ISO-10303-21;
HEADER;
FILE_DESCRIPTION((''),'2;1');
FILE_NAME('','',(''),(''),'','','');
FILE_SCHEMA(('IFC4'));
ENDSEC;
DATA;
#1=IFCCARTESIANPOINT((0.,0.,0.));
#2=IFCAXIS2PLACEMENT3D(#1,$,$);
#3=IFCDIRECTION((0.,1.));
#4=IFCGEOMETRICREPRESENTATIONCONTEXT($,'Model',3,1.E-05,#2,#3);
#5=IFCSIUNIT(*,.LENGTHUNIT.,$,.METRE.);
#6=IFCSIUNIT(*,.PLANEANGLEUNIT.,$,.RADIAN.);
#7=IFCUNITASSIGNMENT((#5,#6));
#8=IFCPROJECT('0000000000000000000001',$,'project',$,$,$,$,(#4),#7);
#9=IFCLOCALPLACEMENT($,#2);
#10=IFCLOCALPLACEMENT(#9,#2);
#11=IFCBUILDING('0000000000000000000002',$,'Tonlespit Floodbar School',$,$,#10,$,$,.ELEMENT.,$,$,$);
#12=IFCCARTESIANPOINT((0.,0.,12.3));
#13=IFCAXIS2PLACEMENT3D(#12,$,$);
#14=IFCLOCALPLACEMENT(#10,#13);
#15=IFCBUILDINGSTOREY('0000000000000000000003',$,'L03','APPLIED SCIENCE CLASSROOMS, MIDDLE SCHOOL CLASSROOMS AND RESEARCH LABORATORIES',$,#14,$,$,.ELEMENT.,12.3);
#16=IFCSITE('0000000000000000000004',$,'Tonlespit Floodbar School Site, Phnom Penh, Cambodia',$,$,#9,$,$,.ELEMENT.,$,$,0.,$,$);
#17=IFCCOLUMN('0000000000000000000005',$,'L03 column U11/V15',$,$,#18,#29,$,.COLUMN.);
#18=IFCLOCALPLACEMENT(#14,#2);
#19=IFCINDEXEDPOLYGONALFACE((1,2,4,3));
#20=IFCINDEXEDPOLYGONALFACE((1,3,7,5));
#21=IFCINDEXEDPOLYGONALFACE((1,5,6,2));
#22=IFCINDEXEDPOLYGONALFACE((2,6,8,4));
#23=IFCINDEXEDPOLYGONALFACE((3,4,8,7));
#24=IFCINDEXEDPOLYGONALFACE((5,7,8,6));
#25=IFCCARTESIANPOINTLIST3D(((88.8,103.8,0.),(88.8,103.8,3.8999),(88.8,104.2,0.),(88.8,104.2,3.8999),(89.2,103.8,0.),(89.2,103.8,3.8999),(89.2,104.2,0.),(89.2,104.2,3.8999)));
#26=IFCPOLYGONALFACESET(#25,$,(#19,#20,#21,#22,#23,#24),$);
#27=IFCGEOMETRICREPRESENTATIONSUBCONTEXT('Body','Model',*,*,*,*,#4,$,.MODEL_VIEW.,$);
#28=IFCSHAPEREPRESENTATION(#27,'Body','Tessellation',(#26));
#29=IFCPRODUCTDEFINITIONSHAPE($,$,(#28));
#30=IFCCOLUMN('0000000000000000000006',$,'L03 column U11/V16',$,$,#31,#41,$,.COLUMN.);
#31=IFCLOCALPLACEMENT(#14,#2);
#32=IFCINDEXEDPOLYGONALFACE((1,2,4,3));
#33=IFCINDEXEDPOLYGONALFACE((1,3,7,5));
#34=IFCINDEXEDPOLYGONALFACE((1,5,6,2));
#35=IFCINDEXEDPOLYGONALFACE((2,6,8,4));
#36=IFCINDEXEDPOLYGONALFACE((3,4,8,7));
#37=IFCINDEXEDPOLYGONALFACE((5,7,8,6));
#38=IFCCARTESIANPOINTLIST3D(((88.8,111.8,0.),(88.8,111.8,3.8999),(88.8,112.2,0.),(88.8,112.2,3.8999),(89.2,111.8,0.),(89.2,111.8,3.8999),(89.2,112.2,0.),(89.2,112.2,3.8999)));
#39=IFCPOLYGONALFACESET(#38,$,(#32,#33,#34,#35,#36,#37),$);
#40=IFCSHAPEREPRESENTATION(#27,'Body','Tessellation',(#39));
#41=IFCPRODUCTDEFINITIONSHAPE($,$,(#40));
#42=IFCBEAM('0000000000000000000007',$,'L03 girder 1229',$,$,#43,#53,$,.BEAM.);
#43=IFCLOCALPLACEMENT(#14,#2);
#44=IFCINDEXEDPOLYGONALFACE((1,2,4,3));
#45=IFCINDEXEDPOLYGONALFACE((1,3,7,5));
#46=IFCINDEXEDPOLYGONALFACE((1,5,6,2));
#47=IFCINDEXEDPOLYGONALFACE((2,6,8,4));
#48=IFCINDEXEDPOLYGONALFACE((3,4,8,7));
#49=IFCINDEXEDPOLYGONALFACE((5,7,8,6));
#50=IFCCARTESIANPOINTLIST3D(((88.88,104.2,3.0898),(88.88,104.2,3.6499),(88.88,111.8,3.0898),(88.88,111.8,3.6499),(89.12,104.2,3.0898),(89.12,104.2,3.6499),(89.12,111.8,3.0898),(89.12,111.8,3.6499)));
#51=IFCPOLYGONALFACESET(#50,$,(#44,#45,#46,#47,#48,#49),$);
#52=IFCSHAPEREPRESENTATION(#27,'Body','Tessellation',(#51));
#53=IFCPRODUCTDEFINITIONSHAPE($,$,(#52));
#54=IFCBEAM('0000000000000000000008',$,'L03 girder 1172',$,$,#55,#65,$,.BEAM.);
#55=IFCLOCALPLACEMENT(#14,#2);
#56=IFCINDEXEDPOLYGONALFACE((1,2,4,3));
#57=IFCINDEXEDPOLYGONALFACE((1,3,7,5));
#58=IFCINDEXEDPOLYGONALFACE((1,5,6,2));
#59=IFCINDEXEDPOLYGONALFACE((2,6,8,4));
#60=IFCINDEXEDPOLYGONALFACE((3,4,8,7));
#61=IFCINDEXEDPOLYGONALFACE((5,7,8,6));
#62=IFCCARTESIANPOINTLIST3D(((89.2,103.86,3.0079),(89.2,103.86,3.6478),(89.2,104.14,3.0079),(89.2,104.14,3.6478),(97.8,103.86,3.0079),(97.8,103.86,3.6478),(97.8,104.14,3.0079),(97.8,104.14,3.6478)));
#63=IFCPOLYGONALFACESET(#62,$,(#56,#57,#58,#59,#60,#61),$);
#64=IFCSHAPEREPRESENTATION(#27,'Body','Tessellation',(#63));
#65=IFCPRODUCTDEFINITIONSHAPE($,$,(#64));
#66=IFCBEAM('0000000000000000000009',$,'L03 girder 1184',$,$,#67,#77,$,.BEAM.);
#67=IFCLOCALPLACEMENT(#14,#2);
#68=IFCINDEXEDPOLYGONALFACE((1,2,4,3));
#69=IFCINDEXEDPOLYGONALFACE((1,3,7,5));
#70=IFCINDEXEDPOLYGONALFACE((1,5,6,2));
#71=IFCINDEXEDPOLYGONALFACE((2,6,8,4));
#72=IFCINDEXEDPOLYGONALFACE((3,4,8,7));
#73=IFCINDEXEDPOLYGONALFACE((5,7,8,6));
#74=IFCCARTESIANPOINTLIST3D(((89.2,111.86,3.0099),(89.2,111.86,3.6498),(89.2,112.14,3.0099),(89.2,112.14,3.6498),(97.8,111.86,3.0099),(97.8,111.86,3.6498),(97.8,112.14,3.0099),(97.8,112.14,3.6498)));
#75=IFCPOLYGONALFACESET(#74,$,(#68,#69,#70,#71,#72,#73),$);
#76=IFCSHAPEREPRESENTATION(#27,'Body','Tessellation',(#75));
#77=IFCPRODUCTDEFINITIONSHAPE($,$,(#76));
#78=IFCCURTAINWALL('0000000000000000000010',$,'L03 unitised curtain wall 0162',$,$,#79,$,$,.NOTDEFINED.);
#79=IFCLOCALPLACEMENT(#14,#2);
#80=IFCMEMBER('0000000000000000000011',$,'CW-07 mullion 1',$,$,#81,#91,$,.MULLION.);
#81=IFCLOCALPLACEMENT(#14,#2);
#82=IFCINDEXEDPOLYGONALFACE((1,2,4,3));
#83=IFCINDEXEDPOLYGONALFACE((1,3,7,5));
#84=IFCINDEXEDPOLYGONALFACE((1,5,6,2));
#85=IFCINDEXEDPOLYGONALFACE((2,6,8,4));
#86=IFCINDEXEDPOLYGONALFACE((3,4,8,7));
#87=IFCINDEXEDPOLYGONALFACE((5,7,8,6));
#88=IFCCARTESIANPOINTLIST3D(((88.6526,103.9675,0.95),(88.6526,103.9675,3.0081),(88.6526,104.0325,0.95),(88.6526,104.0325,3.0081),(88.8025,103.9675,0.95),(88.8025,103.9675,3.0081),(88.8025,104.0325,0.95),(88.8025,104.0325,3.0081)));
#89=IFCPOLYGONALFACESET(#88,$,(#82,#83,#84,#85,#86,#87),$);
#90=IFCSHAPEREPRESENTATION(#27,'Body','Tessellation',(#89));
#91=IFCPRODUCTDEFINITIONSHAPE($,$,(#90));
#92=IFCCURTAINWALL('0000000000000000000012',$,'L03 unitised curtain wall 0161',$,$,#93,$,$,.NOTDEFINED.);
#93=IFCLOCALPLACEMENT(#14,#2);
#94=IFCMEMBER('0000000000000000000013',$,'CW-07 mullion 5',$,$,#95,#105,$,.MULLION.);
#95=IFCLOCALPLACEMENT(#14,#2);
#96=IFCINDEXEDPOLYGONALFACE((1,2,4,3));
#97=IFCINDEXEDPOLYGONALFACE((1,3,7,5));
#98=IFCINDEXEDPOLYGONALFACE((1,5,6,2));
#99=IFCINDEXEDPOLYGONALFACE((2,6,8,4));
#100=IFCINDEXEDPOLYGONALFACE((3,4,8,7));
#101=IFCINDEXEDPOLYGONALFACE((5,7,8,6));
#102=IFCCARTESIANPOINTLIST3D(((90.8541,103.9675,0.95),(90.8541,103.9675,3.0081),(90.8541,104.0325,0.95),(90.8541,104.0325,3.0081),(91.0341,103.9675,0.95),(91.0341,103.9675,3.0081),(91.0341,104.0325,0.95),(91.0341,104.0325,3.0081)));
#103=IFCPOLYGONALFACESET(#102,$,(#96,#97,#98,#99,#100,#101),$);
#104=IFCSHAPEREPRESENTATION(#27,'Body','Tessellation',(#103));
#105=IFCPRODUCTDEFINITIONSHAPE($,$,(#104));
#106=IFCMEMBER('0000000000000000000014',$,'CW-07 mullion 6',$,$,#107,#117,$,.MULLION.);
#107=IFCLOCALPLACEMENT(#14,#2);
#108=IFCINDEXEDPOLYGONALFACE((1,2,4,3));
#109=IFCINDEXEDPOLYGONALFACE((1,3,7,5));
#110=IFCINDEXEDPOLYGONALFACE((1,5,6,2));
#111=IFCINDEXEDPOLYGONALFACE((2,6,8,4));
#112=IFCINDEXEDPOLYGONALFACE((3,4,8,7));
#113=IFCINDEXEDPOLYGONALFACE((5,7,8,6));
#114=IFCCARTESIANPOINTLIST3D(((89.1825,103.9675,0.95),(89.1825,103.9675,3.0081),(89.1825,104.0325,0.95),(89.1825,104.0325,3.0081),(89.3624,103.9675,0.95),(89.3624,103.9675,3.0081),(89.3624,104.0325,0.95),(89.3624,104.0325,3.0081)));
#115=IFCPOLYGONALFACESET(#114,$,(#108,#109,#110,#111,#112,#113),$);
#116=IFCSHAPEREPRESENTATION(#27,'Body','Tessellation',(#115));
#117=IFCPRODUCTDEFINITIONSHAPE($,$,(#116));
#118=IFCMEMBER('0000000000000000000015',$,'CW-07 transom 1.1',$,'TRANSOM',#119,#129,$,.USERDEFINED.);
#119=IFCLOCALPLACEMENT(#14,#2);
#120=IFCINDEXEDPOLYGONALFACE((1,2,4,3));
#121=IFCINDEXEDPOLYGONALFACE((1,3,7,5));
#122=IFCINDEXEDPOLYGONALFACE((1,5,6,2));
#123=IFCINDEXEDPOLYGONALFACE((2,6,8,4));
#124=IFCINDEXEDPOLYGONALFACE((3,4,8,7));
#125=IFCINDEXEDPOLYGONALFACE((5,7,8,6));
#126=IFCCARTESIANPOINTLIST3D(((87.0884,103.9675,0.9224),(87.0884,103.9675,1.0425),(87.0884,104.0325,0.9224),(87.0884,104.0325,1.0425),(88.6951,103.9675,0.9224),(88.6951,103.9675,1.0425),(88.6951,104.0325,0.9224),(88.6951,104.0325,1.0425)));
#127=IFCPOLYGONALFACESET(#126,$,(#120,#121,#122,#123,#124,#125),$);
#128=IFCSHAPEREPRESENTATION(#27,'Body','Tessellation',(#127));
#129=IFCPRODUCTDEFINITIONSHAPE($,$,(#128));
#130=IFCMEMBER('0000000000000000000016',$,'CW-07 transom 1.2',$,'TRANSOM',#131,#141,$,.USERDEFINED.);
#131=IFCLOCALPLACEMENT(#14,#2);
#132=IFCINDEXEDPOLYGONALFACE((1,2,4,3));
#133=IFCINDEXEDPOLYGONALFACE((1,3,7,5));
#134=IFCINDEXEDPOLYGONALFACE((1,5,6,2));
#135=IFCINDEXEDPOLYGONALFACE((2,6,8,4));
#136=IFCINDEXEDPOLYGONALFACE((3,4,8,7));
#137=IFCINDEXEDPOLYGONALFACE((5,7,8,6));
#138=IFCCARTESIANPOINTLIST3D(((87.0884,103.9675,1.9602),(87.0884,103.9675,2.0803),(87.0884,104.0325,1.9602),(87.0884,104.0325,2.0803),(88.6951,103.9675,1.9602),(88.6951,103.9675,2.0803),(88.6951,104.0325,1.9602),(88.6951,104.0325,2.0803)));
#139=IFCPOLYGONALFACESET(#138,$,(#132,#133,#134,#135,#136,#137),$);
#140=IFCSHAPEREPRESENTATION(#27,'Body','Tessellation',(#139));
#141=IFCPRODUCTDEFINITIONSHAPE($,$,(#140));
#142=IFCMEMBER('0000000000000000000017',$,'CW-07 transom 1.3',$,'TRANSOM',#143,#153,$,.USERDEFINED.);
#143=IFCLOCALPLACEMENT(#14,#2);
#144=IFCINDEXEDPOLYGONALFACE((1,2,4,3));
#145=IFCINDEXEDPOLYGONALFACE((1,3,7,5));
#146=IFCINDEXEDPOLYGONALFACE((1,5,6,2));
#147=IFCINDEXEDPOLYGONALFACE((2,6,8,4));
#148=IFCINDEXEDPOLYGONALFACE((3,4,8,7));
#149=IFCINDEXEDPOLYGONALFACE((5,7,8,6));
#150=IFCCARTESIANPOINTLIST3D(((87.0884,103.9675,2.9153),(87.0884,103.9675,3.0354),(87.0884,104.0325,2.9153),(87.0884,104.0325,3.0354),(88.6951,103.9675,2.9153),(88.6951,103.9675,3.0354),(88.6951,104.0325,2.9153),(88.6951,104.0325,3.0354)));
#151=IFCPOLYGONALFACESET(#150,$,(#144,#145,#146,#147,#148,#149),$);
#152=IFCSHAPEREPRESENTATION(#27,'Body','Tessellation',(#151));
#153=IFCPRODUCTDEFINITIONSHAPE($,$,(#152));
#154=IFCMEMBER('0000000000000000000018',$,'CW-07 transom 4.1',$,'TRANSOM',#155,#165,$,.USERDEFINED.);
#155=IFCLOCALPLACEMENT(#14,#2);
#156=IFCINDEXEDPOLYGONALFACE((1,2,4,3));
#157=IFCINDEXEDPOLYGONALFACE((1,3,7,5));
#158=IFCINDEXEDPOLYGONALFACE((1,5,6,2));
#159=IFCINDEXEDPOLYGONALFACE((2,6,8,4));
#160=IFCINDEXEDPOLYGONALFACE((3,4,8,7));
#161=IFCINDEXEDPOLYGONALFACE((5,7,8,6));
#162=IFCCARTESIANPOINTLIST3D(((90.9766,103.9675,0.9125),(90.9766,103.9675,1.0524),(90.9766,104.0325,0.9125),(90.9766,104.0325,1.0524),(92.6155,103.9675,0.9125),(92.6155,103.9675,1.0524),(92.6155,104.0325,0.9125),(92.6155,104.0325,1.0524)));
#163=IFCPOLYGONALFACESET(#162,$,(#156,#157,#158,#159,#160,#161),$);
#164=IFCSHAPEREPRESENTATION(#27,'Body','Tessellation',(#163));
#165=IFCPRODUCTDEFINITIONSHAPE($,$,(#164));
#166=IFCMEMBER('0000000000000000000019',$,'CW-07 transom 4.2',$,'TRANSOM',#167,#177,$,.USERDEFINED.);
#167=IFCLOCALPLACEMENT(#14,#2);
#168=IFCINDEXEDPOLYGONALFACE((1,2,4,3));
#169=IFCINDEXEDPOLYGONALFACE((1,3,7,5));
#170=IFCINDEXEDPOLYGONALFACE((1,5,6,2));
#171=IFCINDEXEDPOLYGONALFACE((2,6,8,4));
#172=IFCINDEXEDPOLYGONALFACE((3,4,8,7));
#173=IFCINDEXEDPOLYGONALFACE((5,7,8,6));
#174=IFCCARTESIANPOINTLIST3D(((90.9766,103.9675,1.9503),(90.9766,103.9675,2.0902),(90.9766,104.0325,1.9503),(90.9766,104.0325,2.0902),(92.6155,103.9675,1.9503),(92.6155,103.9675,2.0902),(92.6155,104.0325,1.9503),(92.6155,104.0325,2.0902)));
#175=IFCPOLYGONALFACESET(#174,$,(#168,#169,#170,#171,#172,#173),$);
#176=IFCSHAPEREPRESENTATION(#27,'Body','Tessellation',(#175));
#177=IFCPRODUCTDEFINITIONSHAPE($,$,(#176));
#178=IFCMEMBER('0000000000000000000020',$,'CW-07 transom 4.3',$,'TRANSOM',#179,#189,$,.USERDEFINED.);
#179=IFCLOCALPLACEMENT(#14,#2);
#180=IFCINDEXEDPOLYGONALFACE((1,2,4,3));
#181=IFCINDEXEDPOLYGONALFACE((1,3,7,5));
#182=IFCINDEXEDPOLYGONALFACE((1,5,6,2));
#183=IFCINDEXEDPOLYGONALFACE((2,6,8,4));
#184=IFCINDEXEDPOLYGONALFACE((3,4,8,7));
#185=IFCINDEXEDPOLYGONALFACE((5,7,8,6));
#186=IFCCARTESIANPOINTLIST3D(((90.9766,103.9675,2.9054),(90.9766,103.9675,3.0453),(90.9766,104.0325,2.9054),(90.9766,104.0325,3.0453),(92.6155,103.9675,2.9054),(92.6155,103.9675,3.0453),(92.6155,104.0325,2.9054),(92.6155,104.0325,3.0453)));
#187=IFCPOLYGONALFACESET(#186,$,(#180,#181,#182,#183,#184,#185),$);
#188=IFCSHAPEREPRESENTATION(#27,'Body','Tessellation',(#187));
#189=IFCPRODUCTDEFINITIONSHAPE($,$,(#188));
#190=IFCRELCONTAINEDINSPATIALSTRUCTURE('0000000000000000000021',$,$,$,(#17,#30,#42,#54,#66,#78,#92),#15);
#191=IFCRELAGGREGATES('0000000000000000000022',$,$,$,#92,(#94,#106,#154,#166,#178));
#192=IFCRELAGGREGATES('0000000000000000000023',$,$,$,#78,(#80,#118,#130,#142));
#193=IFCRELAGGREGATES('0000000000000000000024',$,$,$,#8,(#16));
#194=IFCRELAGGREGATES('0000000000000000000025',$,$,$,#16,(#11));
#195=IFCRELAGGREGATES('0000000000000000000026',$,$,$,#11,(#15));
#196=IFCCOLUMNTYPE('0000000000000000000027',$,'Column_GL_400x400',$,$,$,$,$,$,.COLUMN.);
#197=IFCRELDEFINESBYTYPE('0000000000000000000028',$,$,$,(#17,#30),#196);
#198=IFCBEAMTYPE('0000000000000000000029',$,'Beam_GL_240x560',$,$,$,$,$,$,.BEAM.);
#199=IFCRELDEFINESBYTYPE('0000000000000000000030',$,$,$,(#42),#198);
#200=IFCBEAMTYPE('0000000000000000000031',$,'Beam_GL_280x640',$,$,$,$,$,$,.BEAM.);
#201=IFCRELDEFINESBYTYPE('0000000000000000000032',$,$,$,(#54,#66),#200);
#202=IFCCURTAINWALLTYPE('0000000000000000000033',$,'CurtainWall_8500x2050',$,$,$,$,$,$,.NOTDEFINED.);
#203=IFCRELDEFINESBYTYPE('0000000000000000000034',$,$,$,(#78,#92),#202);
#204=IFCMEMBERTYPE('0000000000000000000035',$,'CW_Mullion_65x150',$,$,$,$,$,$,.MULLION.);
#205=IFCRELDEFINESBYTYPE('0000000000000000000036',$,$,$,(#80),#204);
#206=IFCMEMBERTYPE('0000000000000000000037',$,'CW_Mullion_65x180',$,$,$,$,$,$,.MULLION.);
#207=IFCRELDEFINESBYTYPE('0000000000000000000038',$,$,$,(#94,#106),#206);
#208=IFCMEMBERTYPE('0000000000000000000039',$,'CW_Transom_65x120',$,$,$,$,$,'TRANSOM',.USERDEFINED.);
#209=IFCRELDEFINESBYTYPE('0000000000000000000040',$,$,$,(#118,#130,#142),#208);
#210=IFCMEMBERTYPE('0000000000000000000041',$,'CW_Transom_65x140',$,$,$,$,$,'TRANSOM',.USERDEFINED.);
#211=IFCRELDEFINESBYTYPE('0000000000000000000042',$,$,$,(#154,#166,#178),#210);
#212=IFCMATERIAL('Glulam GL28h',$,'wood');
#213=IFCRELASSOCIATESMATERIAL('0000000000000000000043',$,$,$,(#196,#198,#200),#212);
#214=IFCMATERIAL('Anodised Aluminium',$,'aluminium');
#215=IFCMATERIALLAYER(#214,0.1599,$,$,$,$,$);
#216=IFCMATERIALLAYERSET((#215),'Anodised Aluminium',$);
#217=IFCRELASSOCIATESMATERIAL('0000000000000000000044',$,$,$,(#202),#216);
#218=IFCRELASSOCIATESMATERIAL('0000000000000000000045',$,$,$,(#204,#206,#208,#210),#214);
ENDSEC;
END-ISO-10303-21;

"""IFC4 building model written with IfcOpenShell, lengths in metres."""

from ifc_helpers import new_model, si_unit, direction, frame, origin, origin_2d, place, context, subcontext, project, spatial, rectangle, extrude, material, layer, layer_set, material_profile, profile_set, type_object, element, aggregate, save


model = new_model("IFC4")

# Units and contexts
model_context = context("Model", 3, precision=1e-05, world=origin(), true_north=direction((0.0, 1.0)))
body_context = subcontext(model_context, "Body", "Model", "MODEL_VIEW")
ifc_project = project(units=[si_unit("LENGTHUNIT", "METRE"), si_unit("PLANEANGLEUNIT", "RADIAN")], contexts=[model_context])

# Site, building, storey
site_placement = place(None, origin())
site = spatial("IfcSite", under=ifc_project, at=site_placement, Name="Tonlespit Floodbar School Site, Phnom Penh, Cambodia", CompositionType="ELEMENT", RefElevation=0.0)
building_placement = place(site_placement, origin())
building = spatial("IfcBuilding", under=site, at=building_placement, Name="Tonlespit Floodbar School", CompositionType="ELEMENT")
storey_placement = place(building_placement, frame((0.0, 0.0, 12.3)))
storey = spatial("IfcBuildingStorey", under=building, at=storey_placement, Name="L03", Description="APPLIED SCIENCE CLASSROOMS, MIDDLE SCHOOL CLASSROOMS AND RESEARCH LABORATORIES", CompositionType="ELEMENT", Elevation=12.3)

# Columns
ifc_material_1 = material(Name="Glulam GL28h", Category="wood")
ifc_material_profile_1 = material_profile(ifc_material_1, rectangle(XDim=0.3999, YDim=0.3999, at=origin_2d()), Name="GL 400x400")
ifc_profile_set_1 = profile_set([ifc_material_profile_1], Name="Glulam GL28h")
column_type = type_object("IfcColumnType", Name="Column_GL_400x400", PredefinedType="COLUMN", material=ifc_profile_set_1)
for number, where, z_axis, x_axis, name in (
    (1, (89.0, 104.0, 0.0), (0.0, 0.0, 1.0), (1.0, 0.0, 0.0), "L03 column U11/V15"),
    (2, (89.0, 112.0, 0.0), (0.0, 0.0, 1.0), (1.0, 0.0, 0.0), "L03 column U11/V16"),
):
    element("IfcColumn", number, at=place(storey_placement, frame(where, z_axis=z_axis, x_axis=x_axis)), inside=storey, type_object=column_type, Name=name, PredefinedType="COLUMN", context=body_context, shape_type="SweptSolid", body=[
        extrude(rectangle(XDim=0.3999, YDim=0.3999, at=origin_2d()), origin(), (0.0, 0.0, 1.0), 3.8999),
    ])

# Beams
ifc_material_profile_2 = material_profile(ifc_material_1, rectangle(XDim=0.24, YDim=0.5601, at=origin_2d()), Name="GL 240x560")
ifc_profile_set_2 = profile_set([ifc_material_profile_2], Name="Glulam GL28h")
beam_type_1 = type_object("IfcBeamType", Name="Beam_GL_240x560", PredefinedType="BEAM", material=ifc_profile_set_2)
beam_placement = place(storey_placement, frame((89.0, 104.2, 3.3699), z_axis=(0.0, 1.0, 0.0), x_axis=(-1.0, 0.0, 0.0)))
element("IfcBeam", 3, at=beam_placement, inside=storey, type_object=beam_type_1, Name="L03 girder 1229", PredefinedType="BEAM", context=body_context, shape_type="SweptSolid", body=[
    extrude(rectangle(XDim=0.24, YDim=0.5601, at=origin_2d()), origin(), (0.0, 0.0, 1.0), 7.6001),
])
ifc_material_profile_3 = material_profile(ifc_material_1, rectangle(XDim=0.28, YDim=0.6399, at=origin_2d()), Name="GL 280x640")
ifc_profile_set_3 = profile_set([ifc_material_profile_3], Name="Glulam GL28h")
beam_type_2 = type_object("IfcBeamType", Name="Beam_GL_280x640", PredefinedType="BEAM", material=ifc_profile_set_3)
for number, where, z_axis, x_axis, name in (
    (4, (89.2, 104.0, 3.3279), (1.0, 0.0, 0.0), (0.0, 1.0, 0.0), "L03 girder 1172"),
    (5, (89.2, 112.0, 3.3298), (1.0, 0.0, 0.0), (0.0, 1.0, 0.0), "L03 girder 1184"),
):
    element("IfcBeam", number, at=place(storey_placement, frame(where, z_axis=z_axis, x_axis=x_axis)), inside=storey, type_object=beam_type_2, Name=name, PredefinedType="BEAM", context=body_context, shape_type="SweptSolid", body=[
        extrude(rectangle(XDim=0.28, YDim=0.6399, at=origin_2d()), origin(), (0.0, 0.0, 1.0), 8.6001),
    ])

# Curtain wall, member
ifc_material_2 = material(Name="Anodised Aluminium", Category="aluminium")
ifc_layer_1 = layer(ifc_material_2, 0.1599)
ifc_layer_set_1 = layer_set([ifc_layer_1], Name="Anodised Aluminium")
curtain_wall_type = type_object("IfcCurtainWallType", Name="CurtainWall_8500x2050", PredefinedType="NOTDEFINED", material=ifc_layer_set_1)
curtain_wall_1_placement = place(storey_placement, origin())
curtain_wall_1 = element("IfcCurtainWall", 6, at=curtain_wall_1_placement, inside=storey, type_object=curtain_wall_type, Name="L03 unitised curtain wall 0162", PredefinedType="NOTDEFINED")
ifc_material_profile_4 = material_profile(ifc_material_2, rectangle(XDim=0.0649, YDim=0.1499, at=origin_2d()), Name="ALU M65x150")
ifc_profile_set_4 = profile_set([ifc_material_profile_4], Name="Anodised Aluminium")
member_type_1 = type_object("IfcMemberType", Name="CW_Mullion_65x150", PredefinedType="MULLION", material=ifc_profile_set_4)
member_1_placement = place(storey_placement, frame((88.7275, 104.0, 0.95), z_axis=(0.0, 0.0, 1.0), x_axis=(0.0, -1.0, 0.0)))
member_1 = element("IfcMember", 7, at=member_1_placement, type_object=member_type_1, Name="CW-07 mullion 1", PredefinedType="MULLION", context=body_context, shape_type="SweptSolid", body=[
    extrude(rectangle(XDim=0.0649, YDim=0.1499, at=origin_2d()), origin(), (0.0, 0.0, 1.0), 2.0581),
])

# Curtain wall, members
curtain_wall_2_placement = place(storey_placement, origin())
curtain_wall_2 = element("IfcCurtainWall", 8, at=curtain_wall_2_placement, inside=storey, type_object=curtain_wall_type, Name="L03 unitised curtain wall 0161", PredefinedType="NOTDEFINED")
ifc_material_profile_5 = material_profile(ifc_material_2, rectangle(XDim=0.0649, YDim=0.1799, at=origin_2d()), Name="ALU M65x180")
ifc_profile_set_5 = profile_set([ifc_material_profile_5], Name="Anodised Aluminium")
member_type_2 = type_object("IfcMemberType", Name="CW_Mullion_65x180", PredefinedType="MULLION", material=ifc_profile_set_5)
member_2_placement = place(storey_placement, frame((90.9441, 104.0, 0.95), z_axis=(0.0, 0.0, 1.0), x_axis=(0.0, -1.0, 0.0)))
member_2 = element("IfcMember", 9, at=member_2_placement, type_object=member_type_2, Name="CW-07 mullion 5", PredefinedType="MULLION", context=body_context, shape_type="SweptSolid", body=[
    extrude(rectangle(XDim=0.0649, YDim=0.1799, at=origin_2d()), origin(), (0.0, 0.0, 1.0), 2.0581),
])
member_3_placement = place(storey_placement, frame((89.2725, 104.0, 0.95), z_axis=(0.0, 0.0, 1.0), x_axis=(0.0, -1.0, 0.0)))
member_3 = element("IfcMember", 10, at=member_3_placement, type_object=member_type_2, Name="CW-07 mullion 6", PredefinedType="MULLION", context=body_context, shape_type="SweptSolid", body=[
    extrude(rectangle(XDim=0.0649, YDim=0.1799, at=origin_2d()), origin(), (0.0, 0.0, 1.0), 2.0581),
])

# Members
ifc_material_profile_6 = material_profile(ifc_material_2, rectangle(XDim=0.0649, YDim=0.1201, at=origin_2d()), Name="ALU T65x120")
ifc_profile_set_6 = profile_set([ifc_material_profile_6], Name="Anodised Aluminium")
member_type_3 = type_object("IfcMemberType", Name="CW_Transom_65x120", ElementType="TRANSOM", PredefinedType="USERDEFINED", material=ifc_profile_set_6)
member_4_placement = place(storey_placement, frame((88.6951, 104.0, 0.9824), z_axis=(-1.0, 0.0, 0.0), x_axis=(0.0, -1.0, 0.0)))
member_4 = element("IfcMember", 11, at=member_4_placement, type_object=member_type_3, Name="CW-07 transom 1.1", ObjectType="TRANSOM", PredefinedType="USERDEFINED", context=body_context, shape_type="SweptSolid", body=[
    extrude(rectangle(XDim=0.0649, YDim=0.1201, at=origin_2d()), origin(), (0.0, 0.0, 1.0), 1.6067),
])
member_5_placement = place(storey_placement, frame((88.6951, 104.0, 2.0203), z_axis=(-1.0, 0.0, 0.0), x_axis=(0.0, -1.0, 0.0)))
member_5 = element("IfcMember", 12, at=member_5_placement, type_object=member_type_3, Name="CW-07 transom 1.2", ObjectType="TRANSOM", PredefinedType="USERDEFINED", context=body_context, shape_type="SweptSolid", body=[
    extrude(rectangle(XDim=0.0649, YDim=0.1201, at=origin_2d()), origin(), (0.0, 0.0, 1.0), 1.6067),
])
member_6_placement = place(storey_placement, frame((88.6951, 104.0, 2.9753), z_axis=(-1.0, 0.0, 0.0), x_axis=(0.0, -1.0, 0.0)))
member_6 = element("IfcMember", 13, at=member_6_placement, type_object=member_type_3, Name="CW-07 transom 1.3", ObjectType="TRANSOM", PredefinedType="USERDEFINED", context=body_context, shape_type="SweptSolid", body=[
    extrude(rectangle(XDim=0.0649, YDim=0.1201, at=origin_2d()), origin(), (0.0, 0.0, 1.0), 1.6067),
])
ifc_material_profile_7 = material_profile(ifc_material_2, rectangle(XDim=0.0649, YDim=0.1399, at=origin_2d()), Name="ALU T65x140")
ifc_profile_set_7 = profile_set([ifc_material_profile_7], Name="Anodised Aluminium")
member_type_4 = type_object("IfcMemberType", Name="CW_Transom_65x140", ElementType="TRANSOM", PredefinedType="USERDEFINED", material=ifc_profile_set_7)
member_7_placement = place(storey_placement, frame((92.6155, 104.0, 0.9824), z_axis=(-1.0, 0.0, 0.0), x_axis=(0.0, -1.0, 0.0)))
member_7 = element("IfcMember", 14, at=member_7_placement, type_object=member_type_4, Name="CW-07 transom 4.1", ObjectType="TRANSOM", PredefinedType="USERDEFINED", context=body_context, shape_type="SweptSolid", body=[
    extrude(rectangle(XDim=0.0649, YDim=0.1399, at=origin_2d()), origin(), (0.0, 0.0, 1.0), 1.6389),
])
member_8_placement = place(storey_placement, frame((92.6155, 104.0, 2.0203), z_axis=(-1.0, 0.0, 0.0), x_axis=(0.0, -1.0, 0.0)))
member_8 = element("IfcMember", 15, at=member_8_placement, type_object=member_type_4, Name="CW-07 transom 4.2", ObjectType="TRANSOM", PredefinedType="USERDEFINED", context=body_context, shape_type="SweptSolid", body=[
    extrude(rectangle(XDim=0.0649, YDim=0.1399, at=origin_2d()), origin(), (0.0, 0.0, 1.0), 1.6389),
])
member_9_placement = place(storey_placement, frame((92.6155, 104.0, 2.9753), z_axis=(-1.0, 0.0, 0.0), x_axis=(0.0, -1.0, 0.0)))
member_9 = element("IfcMember", 16, at=member_9_placement, type_object=member_type_4, Name="CW-07 transom 4.3", ObjectType="TRANSOM", PredefinedType="USERDEFINED", context=body_context, shape_type="SweptSolid", body=[
    extrude(rectangle(XDim=0.0649, YDim=0.1399, at=origin_2d()), origin(), (0.0, 0.0, 1.0), 1.6389),
])

aggregate(curtain_wall_2, [member_2, member_3, member_7, member_8, member_9])
aggregate(curtain_wall_1, [member_1, member_4, member_5, member_6])

save(model, "model.ifc")
